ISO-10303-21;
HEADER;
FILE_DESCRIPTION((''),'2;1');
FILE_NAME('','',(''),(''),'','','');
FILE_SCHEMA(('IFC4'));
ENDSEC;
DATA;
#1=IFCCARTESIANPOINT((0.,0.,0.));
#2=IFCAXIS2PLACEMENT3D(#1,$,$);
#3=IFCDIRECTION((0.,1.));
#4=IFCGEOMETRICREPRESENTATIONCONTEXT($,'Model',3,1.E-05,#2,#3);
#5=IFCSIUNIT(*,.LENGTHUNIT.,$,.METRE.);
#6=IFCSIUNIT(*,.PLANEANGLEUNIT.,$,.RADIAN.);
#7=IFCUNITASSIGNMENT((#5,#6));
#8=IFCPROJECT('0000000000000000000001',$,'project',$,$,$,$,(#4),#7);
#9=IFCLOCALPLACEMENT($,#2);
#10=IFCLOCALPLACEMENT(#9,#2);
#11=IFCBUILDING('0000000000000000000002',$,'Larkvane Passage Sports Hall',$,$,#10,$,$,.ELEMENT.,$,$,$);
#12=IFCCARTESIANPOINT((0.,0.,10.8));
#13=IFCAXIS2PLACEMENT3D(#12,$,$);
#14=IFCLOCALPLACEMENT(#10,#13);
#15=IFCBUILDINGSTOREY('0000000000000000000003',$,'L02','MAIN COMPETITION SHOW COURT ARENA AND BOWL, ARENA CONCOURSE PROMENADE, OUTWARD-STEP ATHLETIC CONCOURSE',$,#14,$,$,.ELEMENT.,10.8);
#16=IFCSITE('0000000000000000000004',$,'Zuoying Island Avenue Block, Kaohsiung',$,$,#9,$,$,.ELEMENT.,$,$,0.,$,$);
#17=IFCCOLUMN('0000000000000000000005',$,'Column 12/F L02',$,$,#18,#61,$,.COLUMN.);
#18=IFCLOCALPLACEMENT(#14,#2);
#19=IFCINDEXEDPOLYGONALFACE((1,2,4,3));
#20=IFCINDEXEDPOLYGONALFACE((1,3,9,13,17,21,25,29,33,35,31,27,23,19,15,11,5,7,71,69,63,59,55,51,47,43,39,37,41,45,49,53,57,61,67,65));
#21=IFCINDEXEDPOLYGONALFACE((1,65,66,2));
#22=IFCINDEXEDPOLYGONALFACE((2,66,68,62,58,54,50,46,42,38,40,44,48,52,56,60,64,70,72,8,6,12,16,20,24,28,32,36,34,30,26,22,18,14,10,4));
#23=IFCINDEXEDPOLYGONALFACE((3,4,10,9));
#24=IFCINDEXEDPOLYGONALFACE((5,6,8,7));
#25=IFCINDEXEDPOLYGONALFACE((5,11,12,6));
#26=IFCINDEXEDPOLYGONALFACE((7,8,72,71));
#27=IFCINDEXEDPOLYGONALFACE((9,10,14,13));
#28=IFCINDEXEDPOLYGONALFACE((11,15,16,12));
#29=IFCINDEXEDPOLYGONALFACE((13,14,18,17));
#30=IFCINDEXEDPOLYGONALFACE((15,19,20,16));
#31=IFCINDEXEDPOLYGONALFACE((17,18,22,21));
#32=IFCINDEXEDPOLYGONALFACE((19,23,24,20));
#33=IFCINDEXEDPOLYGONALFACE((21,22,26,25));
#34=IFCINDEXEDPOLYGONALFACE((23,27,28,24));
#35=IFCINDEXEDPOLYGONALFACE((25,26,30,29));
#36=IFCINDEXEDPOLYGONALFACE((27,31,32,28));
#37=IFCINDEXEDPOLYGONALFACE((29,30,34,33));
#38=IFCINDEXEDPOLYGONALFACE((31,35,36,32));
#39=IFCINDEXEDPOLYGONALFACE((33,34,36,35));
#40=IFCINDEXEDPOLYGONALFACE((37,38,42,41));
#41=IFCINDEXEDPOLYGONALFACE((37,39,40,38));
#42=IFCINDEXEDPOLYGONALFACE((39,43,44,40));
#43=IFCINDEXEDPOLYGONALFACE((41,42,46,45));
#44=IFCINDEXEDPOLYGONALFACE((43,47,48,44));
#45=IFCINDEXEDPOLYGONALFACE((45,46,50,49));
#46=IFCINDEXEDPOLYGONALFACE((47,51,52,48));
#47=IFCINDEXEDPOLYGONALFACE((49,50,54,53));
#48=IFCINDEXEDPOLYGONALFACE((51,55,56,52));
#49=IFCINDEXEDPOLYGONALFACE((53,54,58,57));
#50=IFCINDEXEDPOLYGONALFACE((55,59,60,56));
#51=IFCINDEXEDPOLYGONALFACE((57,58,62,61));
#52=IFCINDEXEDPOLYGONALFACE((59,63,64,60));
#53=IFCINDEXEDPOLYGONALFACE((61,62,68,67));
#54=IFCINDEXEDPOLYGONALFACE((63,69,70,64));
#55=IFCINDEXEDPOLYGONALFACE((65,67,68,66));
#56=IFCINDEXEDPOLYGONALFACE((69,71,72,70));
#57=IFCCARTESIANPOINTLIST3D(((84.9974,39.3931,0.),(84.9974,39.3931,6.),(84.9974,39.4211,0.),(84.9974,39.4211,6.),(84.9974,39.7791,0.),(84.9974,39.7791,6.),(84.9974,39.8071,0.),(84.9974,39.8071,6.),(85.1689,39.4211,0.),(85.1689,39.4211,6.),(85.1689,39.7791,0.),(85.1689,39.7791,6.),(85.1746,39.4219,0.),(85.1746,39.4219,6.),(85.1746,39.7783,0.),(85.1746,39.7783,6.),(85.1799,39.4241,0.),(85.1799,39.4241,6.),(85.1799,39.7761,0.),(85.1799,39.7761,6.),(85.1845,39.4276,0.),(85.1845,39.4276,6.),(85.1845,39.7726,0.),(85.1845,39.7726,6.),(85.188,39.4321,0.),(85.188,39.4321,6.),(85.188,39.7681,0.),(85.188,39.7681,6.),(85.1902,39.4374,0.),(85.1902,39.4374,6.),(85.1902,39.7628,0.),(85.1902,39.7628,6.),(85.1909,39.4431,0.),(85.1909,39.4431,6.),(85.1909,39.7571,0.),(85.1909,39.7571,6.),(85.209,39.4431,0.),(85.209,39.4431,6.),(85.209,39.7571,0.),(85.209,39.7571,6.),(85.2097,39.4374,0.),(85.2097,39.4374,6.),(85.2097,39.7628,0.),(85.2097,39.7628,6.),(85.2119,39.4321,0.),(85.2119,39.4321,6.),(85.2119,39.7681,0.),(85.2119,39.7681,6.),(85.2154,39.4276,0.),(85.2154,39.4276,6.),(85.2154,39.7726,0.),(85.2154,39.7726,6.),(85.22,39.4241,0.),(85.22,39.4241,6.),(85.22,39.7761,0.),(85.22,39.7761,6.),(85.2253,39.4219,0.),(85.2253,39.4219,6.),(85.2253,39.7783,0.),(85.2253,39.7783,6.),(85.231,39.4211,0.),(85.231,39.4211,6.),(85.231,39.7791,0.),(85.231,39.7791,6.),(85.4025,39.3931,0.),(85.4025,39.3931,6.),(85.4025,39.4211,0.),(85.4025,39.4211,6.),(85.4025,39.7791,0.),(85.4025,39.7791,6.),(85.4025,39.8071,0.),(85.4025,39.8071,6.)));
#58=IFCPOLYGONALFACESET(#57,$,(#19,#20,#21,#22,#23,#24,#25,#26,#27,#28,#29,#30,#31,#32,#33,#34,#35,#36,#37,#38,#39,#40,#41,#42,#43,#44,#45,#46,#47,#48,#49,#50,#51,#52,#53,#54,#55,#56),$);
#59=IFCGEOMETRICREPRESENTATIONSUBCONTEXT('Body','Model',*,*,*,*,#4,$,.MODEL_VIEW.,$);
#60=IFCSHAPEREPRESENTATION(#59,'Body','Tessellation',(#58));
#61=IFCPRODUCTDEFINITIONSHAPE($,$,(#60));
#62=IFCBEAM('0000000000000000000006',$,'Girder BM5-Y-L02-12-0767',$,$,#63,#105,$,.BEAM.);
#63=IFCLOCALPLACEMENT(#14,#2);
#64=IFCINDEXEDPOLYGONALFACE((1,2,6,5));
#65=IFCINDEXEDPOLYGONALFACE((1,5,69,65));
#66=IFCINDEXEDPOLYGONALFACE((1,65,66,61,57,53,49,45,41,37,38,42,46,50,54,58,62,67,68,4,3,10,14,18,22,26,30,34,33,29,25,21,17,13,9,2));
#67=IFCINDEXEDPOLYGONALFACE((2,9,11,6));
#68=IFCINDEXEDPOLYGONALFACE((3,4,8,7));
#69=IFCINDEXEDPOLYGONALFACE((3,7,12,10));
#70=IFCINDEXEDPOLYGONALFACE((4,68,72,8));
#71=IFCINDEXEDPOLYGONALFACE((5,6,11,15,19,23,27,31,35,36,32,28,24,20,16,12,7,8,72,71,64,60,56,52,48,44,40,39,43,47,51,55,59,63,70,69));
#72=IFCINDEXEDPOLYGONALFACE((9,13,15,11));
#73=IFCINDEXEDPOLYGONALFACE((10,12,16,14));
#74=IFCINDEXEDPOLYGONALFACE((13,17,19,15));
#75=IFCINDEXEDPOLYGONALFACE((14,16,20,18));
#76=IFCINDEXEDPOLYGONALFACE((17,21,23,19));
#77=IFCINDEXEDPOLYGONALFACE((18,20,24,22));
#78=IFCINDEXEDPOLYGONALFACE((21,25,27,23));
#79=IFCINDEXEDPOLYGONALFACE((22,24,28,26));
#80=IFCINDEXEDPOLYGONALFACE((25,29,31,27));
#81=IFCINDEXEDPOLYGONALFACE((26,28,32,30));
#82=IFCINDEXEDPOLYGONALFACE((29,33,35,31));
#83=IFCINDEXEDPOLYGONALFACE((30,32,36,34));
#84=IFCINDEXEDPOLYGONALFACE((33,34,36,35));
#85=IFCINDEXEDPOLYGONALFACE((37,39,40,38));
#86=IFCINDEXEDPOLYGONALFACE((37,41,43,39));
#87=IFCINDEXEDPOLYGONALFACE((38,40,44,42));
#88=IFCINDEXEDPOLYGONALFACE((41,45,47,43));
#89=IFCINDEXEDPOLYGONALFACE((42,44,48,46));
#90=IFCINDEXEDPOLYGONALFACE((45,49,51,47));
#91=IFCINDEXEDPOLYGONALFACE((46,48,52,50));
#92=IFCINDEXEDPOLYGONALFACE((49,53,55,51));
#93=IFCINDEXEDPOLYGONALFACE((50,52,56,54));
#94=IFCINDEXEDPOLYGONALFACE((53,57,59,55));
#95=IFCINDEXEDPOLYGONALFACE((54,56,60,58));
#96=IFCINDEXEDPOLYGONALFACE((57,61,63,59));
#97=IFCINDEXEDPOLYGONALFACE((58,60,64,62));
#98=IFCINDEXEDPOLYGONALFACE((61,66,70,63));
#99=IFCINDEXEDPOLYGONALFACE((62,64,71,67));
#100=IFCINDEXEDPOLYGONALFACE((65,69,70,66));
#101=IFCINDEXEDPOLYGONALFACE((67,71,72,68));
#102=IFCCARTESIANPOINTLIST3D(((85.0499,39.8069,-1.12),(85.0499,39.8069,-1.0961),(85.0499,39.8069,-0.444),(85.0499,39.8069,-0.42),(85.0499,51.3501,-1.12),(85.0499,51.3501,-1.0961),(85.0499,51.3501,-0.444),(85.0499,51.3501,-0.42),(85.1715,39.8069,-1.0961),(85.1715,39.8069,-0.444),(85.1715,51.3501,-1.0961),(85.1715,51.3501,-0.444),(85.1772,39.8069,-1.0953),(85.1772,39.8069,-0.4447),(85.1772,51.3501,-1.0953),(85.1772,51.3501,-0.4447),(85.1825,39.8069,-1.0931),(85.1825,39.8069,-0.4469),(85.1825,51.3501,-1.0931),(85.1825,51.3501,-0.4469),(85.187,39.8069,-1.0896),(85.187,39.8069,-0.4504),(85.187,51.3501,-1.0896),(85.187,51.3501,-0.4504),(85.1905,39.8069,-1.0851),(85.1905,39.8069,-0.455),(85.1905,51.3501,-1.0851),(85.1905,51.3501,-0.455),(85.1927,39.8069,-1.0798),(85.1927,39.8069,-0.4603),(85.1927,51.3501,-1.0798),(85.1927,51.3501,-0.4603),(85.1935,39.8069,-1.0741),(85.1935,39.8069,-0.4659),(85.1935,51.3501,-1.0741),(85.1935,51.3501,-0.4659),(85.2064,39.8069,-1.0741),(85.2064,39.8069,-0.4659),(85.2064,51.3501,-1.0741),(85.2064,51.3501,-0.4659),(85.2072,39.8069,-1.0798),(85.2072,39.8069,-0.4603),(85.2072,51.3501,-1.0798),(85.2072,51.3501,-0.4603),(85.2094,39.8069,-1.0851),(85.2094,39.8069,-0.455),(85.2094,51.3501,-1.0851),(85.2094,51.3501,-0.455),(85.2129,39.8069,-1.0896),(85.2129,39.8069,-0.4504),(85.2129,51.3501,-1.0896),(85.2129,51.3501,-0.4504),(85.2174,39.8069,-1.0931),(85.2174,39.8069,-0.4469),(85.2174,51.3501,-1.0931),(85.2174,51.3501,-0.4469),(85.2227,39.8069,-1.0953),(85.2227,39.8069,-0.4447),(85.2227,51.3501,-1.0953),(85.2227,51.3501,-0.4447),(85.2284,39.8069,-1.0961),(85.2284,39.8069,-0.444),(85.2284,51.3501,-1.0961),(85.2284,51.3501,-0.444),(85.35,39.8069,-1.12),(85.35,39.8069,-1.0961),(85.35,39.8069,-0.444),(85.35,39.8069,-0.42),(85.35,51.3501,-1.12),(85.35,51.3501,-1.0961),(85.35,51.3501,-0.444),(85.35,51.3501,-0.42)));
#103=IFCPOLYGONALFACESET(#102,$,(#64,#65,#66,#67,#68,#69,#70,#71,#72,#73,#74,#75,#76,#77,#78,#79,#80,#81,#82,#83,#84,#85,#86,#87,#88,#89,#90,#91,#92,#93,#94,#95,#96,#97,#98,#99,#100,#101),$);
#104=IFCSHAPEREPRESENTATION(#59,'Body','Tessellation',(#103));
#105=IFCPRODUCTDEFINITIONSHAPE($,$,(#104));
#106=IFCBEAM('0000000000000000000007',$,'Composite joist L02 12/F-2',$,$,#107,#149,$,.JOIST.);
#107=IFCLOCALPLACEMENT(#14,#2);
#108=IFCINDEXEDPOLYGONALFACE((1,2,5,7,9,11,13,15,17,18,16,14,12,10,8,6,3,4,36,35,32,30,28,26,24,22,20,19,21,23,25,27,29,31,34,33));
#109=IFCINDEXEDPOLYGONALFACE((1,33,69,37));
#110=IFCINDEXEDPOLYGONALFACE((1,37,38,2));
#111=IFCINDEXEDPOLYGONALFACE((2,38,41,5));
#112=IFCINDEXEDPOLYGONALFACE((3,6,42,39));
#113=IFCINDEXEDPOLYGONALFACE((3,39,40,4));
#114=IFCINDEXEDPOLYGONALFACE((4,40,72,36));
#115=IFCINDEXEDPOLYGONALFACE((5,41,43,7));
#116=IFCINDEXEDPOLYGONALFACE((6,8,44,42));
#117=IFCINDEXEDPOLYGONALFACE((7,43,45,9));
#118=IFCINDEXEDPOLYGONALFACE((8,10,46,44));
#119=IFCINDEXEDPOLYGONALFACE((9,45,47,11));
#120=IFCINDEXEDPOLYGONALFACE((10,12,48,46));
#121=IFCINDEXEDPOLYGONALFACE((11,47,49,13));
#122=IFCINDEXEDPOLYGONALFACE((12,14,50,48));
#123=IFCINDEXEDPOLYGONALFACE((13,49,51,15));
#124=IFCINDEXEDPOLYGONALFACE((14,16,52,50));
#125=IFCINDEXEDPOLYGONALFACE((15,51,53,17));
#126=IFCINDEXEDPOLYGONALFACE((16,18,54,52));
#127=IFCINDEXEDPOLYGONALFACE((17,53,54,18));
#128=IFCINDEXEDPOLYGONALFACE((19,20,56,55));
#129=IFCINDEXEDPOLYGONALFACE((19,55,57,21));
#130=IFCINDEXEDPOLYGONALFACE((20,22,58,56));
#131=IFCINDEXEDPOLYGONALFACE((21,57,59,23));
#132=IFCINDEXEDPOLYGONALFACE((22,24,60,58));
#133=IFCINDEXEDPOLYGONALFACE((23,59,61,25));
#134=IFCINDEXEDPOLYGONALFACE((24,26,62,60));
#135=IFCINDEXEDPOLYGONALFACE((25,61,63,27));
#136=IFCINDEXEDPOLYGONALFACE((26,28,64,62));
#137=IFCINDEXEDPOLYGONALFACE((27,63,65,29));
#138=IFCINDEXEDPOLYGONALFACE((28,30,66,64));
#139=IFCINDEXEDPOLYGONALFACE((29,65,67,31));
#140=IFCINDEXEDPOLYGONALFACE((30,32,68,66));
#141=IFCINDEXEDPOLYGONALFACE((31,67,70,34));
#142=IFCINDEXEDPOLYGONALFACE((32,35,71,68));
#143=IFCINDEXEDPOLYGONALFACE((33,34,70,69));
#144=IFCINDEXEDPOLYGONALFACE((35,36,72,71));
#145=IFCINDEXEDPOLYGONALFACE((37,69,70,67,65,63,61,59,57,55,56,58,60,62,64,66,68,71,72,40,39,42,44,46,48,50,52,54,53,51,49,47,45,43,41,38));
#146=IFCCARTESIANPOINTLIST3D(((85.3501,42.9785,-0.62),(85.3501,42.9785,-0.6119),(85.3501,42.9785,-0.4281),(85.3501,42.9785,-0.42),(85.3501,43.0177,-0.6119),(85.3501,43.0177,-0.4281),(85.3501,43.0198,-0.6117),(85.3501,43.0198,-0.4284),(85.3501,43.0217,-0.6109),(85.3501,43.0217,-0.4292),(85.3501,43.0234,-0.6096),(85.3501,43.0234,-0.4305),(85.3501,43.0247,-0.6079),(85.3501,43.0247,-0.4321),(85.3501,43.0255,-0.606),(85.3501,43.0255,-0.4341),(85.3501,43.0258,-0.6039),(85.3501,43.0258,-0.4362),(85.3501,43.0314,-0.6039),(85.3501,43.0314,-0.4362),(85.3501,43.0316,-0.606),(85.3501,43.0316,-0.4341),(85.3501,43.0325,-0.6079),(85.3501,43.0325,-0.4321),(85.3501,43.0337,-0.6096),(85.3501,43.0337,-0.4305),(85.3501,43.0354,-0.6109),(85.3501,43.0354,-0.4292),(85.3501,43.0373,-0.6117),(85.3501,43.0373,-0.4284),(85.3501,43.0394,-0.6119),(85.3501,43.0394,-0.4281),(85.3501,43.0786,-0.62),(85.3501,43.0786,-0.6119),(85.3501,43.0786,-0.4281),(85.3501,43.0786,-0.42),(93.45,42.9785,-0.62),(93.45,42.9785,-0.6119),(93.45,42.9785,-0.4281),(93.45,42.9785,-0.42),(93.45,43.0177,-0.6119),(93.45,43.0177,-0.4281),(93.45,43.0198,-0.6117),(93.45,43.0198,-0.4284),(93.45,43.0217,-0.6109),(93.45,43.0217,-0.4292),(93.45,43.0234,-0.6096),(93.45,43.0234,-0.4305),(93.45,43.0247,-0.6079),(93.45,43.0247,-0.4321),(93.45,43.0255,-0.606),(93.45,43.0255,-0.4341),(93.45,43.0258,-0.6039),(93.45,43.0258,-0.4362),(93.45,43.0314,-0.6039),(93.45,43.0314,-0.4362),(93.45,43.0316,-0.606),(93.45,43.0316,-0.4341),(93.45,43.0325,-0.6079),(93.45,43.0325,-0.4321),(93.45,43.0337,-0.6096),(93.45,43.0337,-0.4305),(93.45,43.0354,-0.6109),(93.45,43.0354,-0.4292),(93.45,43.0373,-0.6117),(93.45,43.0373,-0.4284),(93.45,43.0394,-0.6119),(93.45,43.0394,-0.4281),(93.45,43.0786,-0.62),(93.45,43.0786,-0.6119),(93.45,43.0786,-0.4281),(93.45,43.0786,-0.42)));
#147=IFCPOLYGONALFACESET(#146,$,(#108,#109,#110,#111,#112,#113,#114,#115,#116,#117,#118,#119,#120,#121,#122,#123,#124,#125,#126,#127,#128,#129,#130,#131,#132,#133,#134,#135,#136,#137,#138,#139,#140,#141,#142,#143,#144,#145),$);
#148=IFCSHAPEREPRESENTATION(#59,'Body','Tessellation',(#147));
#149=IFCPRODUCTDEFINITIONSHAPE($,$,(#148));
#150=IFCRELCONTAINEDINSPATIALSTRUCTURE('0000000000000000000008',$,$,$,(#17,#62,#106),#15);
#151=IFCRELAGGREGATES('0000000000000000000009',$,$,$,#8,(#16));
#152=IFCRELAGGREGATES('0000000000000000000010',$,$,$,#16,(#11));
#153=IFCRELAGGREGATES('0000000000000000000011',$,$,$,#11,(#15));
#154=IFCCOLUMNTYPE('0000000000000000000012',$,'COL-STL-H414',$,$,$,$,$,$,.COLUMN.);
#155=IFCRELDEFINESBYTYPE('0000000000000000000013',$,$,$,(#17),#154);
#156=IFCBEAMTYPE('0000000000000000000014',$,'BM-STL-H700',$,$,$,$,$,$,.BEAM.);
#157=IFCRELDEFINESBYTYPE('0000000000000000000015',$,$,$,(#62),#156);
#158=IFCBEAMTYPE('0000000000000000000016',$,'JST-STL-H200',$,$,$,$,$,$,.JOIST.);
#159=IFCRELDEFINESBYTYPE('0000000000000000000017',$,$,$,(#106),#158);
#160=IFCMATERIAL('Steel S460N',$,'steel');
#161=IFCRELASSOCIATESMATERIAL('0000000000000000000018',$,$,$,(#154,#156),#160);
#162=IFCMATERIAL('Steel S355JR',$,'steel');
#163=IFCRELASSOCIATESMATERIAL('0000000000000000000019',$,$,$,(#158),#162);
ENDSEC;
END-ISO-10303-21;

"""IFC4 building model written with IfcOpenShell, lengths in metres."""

from ifc_helpers import new_model, si_unit, direction, frame, origin, origin_2d, place, context, subcontext, project, spatial, i_section, extrude, material, material_profile, profile_set, type_object, element, save


model = new_model("IFC4")

# Units and contexts
model_context = context("Model", 3, precision=1e-05, world=origin(), true_north=direction((0.0, 1.0)))
body_context = subcontext(model_context, "Body", "Model", "MODEL_VIEW")
ifc_project = project(units=[si_unit("LENGTHUNIT", "METRE"), si_unit("PLANEANGLEUNIT", "RADIAN")], contexts=[model_context])

# Site, building, storey
site_placement = place(None, origin())
site = spatial("IfcSite", under=ifc_project, at=site_placement, Name="Zuoying Island Avenue Block, Kaohsiung", CompositionType="ELEMENT", RefElevation=0.0)
building_placement = place(site_placement, origin())
building = spatial("IfcBuilding", under=site, at=building_placement, Name="Larkvane Passage Sports Hall", CompositionType="ELEMENT")
storey_placement = place(building_placement, frame((0.0, 0.0, 10.8)))
storey = spatial("IfcBuildingStorey", under=building, at=storey_placement, Name="L02", Description="MAIN COMPETITION SHOW COURT ARENA AND BOWL, ARENA CONCOURSE PROMENADE, OUTWARD-STEP ATHLETIC CONCOURSE", CompositionType="ELEMENT", Elevation=10.8)

# Column
ifc_material_1 = material(Name="Steel S460N", Category="steel")
ifc_material_profile_1 = material_profile(ifc_material_1, i_section(OverallWidth=0.405, OverallDepth=0.4141, WebThickness=0.0181, FlangeThickness=0.0281, FilletRadius=0.022, at=origin_2d()), Name="H-414x405x18x28")
ifc_profile_set_1 = profile_set([ifc_material_profile_1], Name="Steel S460N")
column_type = type_object("IfcColumnType", Name="COL-STL-H414", PredefinedType="COLUMN", material=ifc_profile_set_1)
column_placement = place(storey_placement, frame((85.2, 39.6001, 0.0), z_axis=(0.0, 0.0, 1.0), x_axis=(1.0, 0.0, 0.0)))
element("IfcColumn", 1, at=column_placement, inside=storey, type_object=column_type, Name="Column 12/F L02", PredefinedType="COLUMN", context=body_context, shape_type="SweptSolid", body=[
    extrude(i_section(OverallWidth=0.405, OverallDepth=0.4141, WebThickness=0.0181, FlangeThickness=0.0281, FilletRadius=0.022, at=origin_2d()), origin(), (0.0, 0.0, 1.0), 6.0),
])

# Beams
ifc_material_profile_2 = material_profile(ifc_material_1, i_section(OverallWidth=0.3, OverallDepth=0.7, WebThickness=0.0129, FlangeThickness=0.0239, FilletRadius=0.022, at=origin_2d()), Name="H-700x300x13x24")
ifc_profile_set_2 = profile_set([ifc_material_profile_2], Name="Steel S460N")
beam_type_1 = type_object("IfcBeamType", Name="BM-STL-H700", PredefinedType="BEAM", material=ifc_profile_set_2)
beam_1_placement = place(storey_placement, frame((85.2, 39.8069, -0.77), z_axis=(0.0, 1.0, 0.0), x_axis=(-1.0, 0.0, 0.0)))
element("IfcBeam", 2, at=beam_1_placement, inside=storey, type_object=beam_type_1, Name="Girder BM5-Y-L02-12-0767", PredefinedType="BEAM", context=body_context, shape_type="SweptSolid", body=[
    extrude(i_section(OverallWidth=0.3, OverallDepth=0.7, WebThickness=0.0129, FlangeThickness=0.0239, FilletRadius=0.022, at=origin_2d()), origin(), (0.0, 0.0, 1.0), 11.5432),
])
ifc_material_2 = material(Name="Steel S355JR", Category="steel")
ifc_material_profile_3 = material_profile(ifc_material_2, i_section(OverallWidth=0.1001, OverallDepth=0.2, WebThickness=0.0056, FlangeThickness=0.0081, FilletRadius=0.0081, at=origin_2d()), Name="H-200x100x5.5x8")
ifc_profile_set_3 = profile_set([ifc_material_profile_3], Name="Steel S355JR")
beam_type_2 = type_object("IfcBeamType", Name="JST-STL-H200", PredefinedType="JOIST", material=ifc_profile_set_3)
beam_2_placement = place(storey_placement, frame((85.3501, 43.0286, -0.52), z_axis=(1.0, 0.0, 0.0), x_axis=(0.0, 1.0, 0.0)))
element("IfcBeam", 3, at=beam_2_placement, inside=storey, type_object=beam_type_2, Name="Composite joist L02 12/F-2", PredefinedType="JOIST", context=body_context, shape_type="SweptSolid", body=[
    extrude(i_section(OverallWidth=0.1001, OverallDepth=0.2, WebThickness=0.0056, FlangeThickness=0.0081, FilletRadius=0.0081, at=origin_2d()), origin(), (0.0, 0.0, 1.0), 8.0999),
])

save(model, "model.ifc")
